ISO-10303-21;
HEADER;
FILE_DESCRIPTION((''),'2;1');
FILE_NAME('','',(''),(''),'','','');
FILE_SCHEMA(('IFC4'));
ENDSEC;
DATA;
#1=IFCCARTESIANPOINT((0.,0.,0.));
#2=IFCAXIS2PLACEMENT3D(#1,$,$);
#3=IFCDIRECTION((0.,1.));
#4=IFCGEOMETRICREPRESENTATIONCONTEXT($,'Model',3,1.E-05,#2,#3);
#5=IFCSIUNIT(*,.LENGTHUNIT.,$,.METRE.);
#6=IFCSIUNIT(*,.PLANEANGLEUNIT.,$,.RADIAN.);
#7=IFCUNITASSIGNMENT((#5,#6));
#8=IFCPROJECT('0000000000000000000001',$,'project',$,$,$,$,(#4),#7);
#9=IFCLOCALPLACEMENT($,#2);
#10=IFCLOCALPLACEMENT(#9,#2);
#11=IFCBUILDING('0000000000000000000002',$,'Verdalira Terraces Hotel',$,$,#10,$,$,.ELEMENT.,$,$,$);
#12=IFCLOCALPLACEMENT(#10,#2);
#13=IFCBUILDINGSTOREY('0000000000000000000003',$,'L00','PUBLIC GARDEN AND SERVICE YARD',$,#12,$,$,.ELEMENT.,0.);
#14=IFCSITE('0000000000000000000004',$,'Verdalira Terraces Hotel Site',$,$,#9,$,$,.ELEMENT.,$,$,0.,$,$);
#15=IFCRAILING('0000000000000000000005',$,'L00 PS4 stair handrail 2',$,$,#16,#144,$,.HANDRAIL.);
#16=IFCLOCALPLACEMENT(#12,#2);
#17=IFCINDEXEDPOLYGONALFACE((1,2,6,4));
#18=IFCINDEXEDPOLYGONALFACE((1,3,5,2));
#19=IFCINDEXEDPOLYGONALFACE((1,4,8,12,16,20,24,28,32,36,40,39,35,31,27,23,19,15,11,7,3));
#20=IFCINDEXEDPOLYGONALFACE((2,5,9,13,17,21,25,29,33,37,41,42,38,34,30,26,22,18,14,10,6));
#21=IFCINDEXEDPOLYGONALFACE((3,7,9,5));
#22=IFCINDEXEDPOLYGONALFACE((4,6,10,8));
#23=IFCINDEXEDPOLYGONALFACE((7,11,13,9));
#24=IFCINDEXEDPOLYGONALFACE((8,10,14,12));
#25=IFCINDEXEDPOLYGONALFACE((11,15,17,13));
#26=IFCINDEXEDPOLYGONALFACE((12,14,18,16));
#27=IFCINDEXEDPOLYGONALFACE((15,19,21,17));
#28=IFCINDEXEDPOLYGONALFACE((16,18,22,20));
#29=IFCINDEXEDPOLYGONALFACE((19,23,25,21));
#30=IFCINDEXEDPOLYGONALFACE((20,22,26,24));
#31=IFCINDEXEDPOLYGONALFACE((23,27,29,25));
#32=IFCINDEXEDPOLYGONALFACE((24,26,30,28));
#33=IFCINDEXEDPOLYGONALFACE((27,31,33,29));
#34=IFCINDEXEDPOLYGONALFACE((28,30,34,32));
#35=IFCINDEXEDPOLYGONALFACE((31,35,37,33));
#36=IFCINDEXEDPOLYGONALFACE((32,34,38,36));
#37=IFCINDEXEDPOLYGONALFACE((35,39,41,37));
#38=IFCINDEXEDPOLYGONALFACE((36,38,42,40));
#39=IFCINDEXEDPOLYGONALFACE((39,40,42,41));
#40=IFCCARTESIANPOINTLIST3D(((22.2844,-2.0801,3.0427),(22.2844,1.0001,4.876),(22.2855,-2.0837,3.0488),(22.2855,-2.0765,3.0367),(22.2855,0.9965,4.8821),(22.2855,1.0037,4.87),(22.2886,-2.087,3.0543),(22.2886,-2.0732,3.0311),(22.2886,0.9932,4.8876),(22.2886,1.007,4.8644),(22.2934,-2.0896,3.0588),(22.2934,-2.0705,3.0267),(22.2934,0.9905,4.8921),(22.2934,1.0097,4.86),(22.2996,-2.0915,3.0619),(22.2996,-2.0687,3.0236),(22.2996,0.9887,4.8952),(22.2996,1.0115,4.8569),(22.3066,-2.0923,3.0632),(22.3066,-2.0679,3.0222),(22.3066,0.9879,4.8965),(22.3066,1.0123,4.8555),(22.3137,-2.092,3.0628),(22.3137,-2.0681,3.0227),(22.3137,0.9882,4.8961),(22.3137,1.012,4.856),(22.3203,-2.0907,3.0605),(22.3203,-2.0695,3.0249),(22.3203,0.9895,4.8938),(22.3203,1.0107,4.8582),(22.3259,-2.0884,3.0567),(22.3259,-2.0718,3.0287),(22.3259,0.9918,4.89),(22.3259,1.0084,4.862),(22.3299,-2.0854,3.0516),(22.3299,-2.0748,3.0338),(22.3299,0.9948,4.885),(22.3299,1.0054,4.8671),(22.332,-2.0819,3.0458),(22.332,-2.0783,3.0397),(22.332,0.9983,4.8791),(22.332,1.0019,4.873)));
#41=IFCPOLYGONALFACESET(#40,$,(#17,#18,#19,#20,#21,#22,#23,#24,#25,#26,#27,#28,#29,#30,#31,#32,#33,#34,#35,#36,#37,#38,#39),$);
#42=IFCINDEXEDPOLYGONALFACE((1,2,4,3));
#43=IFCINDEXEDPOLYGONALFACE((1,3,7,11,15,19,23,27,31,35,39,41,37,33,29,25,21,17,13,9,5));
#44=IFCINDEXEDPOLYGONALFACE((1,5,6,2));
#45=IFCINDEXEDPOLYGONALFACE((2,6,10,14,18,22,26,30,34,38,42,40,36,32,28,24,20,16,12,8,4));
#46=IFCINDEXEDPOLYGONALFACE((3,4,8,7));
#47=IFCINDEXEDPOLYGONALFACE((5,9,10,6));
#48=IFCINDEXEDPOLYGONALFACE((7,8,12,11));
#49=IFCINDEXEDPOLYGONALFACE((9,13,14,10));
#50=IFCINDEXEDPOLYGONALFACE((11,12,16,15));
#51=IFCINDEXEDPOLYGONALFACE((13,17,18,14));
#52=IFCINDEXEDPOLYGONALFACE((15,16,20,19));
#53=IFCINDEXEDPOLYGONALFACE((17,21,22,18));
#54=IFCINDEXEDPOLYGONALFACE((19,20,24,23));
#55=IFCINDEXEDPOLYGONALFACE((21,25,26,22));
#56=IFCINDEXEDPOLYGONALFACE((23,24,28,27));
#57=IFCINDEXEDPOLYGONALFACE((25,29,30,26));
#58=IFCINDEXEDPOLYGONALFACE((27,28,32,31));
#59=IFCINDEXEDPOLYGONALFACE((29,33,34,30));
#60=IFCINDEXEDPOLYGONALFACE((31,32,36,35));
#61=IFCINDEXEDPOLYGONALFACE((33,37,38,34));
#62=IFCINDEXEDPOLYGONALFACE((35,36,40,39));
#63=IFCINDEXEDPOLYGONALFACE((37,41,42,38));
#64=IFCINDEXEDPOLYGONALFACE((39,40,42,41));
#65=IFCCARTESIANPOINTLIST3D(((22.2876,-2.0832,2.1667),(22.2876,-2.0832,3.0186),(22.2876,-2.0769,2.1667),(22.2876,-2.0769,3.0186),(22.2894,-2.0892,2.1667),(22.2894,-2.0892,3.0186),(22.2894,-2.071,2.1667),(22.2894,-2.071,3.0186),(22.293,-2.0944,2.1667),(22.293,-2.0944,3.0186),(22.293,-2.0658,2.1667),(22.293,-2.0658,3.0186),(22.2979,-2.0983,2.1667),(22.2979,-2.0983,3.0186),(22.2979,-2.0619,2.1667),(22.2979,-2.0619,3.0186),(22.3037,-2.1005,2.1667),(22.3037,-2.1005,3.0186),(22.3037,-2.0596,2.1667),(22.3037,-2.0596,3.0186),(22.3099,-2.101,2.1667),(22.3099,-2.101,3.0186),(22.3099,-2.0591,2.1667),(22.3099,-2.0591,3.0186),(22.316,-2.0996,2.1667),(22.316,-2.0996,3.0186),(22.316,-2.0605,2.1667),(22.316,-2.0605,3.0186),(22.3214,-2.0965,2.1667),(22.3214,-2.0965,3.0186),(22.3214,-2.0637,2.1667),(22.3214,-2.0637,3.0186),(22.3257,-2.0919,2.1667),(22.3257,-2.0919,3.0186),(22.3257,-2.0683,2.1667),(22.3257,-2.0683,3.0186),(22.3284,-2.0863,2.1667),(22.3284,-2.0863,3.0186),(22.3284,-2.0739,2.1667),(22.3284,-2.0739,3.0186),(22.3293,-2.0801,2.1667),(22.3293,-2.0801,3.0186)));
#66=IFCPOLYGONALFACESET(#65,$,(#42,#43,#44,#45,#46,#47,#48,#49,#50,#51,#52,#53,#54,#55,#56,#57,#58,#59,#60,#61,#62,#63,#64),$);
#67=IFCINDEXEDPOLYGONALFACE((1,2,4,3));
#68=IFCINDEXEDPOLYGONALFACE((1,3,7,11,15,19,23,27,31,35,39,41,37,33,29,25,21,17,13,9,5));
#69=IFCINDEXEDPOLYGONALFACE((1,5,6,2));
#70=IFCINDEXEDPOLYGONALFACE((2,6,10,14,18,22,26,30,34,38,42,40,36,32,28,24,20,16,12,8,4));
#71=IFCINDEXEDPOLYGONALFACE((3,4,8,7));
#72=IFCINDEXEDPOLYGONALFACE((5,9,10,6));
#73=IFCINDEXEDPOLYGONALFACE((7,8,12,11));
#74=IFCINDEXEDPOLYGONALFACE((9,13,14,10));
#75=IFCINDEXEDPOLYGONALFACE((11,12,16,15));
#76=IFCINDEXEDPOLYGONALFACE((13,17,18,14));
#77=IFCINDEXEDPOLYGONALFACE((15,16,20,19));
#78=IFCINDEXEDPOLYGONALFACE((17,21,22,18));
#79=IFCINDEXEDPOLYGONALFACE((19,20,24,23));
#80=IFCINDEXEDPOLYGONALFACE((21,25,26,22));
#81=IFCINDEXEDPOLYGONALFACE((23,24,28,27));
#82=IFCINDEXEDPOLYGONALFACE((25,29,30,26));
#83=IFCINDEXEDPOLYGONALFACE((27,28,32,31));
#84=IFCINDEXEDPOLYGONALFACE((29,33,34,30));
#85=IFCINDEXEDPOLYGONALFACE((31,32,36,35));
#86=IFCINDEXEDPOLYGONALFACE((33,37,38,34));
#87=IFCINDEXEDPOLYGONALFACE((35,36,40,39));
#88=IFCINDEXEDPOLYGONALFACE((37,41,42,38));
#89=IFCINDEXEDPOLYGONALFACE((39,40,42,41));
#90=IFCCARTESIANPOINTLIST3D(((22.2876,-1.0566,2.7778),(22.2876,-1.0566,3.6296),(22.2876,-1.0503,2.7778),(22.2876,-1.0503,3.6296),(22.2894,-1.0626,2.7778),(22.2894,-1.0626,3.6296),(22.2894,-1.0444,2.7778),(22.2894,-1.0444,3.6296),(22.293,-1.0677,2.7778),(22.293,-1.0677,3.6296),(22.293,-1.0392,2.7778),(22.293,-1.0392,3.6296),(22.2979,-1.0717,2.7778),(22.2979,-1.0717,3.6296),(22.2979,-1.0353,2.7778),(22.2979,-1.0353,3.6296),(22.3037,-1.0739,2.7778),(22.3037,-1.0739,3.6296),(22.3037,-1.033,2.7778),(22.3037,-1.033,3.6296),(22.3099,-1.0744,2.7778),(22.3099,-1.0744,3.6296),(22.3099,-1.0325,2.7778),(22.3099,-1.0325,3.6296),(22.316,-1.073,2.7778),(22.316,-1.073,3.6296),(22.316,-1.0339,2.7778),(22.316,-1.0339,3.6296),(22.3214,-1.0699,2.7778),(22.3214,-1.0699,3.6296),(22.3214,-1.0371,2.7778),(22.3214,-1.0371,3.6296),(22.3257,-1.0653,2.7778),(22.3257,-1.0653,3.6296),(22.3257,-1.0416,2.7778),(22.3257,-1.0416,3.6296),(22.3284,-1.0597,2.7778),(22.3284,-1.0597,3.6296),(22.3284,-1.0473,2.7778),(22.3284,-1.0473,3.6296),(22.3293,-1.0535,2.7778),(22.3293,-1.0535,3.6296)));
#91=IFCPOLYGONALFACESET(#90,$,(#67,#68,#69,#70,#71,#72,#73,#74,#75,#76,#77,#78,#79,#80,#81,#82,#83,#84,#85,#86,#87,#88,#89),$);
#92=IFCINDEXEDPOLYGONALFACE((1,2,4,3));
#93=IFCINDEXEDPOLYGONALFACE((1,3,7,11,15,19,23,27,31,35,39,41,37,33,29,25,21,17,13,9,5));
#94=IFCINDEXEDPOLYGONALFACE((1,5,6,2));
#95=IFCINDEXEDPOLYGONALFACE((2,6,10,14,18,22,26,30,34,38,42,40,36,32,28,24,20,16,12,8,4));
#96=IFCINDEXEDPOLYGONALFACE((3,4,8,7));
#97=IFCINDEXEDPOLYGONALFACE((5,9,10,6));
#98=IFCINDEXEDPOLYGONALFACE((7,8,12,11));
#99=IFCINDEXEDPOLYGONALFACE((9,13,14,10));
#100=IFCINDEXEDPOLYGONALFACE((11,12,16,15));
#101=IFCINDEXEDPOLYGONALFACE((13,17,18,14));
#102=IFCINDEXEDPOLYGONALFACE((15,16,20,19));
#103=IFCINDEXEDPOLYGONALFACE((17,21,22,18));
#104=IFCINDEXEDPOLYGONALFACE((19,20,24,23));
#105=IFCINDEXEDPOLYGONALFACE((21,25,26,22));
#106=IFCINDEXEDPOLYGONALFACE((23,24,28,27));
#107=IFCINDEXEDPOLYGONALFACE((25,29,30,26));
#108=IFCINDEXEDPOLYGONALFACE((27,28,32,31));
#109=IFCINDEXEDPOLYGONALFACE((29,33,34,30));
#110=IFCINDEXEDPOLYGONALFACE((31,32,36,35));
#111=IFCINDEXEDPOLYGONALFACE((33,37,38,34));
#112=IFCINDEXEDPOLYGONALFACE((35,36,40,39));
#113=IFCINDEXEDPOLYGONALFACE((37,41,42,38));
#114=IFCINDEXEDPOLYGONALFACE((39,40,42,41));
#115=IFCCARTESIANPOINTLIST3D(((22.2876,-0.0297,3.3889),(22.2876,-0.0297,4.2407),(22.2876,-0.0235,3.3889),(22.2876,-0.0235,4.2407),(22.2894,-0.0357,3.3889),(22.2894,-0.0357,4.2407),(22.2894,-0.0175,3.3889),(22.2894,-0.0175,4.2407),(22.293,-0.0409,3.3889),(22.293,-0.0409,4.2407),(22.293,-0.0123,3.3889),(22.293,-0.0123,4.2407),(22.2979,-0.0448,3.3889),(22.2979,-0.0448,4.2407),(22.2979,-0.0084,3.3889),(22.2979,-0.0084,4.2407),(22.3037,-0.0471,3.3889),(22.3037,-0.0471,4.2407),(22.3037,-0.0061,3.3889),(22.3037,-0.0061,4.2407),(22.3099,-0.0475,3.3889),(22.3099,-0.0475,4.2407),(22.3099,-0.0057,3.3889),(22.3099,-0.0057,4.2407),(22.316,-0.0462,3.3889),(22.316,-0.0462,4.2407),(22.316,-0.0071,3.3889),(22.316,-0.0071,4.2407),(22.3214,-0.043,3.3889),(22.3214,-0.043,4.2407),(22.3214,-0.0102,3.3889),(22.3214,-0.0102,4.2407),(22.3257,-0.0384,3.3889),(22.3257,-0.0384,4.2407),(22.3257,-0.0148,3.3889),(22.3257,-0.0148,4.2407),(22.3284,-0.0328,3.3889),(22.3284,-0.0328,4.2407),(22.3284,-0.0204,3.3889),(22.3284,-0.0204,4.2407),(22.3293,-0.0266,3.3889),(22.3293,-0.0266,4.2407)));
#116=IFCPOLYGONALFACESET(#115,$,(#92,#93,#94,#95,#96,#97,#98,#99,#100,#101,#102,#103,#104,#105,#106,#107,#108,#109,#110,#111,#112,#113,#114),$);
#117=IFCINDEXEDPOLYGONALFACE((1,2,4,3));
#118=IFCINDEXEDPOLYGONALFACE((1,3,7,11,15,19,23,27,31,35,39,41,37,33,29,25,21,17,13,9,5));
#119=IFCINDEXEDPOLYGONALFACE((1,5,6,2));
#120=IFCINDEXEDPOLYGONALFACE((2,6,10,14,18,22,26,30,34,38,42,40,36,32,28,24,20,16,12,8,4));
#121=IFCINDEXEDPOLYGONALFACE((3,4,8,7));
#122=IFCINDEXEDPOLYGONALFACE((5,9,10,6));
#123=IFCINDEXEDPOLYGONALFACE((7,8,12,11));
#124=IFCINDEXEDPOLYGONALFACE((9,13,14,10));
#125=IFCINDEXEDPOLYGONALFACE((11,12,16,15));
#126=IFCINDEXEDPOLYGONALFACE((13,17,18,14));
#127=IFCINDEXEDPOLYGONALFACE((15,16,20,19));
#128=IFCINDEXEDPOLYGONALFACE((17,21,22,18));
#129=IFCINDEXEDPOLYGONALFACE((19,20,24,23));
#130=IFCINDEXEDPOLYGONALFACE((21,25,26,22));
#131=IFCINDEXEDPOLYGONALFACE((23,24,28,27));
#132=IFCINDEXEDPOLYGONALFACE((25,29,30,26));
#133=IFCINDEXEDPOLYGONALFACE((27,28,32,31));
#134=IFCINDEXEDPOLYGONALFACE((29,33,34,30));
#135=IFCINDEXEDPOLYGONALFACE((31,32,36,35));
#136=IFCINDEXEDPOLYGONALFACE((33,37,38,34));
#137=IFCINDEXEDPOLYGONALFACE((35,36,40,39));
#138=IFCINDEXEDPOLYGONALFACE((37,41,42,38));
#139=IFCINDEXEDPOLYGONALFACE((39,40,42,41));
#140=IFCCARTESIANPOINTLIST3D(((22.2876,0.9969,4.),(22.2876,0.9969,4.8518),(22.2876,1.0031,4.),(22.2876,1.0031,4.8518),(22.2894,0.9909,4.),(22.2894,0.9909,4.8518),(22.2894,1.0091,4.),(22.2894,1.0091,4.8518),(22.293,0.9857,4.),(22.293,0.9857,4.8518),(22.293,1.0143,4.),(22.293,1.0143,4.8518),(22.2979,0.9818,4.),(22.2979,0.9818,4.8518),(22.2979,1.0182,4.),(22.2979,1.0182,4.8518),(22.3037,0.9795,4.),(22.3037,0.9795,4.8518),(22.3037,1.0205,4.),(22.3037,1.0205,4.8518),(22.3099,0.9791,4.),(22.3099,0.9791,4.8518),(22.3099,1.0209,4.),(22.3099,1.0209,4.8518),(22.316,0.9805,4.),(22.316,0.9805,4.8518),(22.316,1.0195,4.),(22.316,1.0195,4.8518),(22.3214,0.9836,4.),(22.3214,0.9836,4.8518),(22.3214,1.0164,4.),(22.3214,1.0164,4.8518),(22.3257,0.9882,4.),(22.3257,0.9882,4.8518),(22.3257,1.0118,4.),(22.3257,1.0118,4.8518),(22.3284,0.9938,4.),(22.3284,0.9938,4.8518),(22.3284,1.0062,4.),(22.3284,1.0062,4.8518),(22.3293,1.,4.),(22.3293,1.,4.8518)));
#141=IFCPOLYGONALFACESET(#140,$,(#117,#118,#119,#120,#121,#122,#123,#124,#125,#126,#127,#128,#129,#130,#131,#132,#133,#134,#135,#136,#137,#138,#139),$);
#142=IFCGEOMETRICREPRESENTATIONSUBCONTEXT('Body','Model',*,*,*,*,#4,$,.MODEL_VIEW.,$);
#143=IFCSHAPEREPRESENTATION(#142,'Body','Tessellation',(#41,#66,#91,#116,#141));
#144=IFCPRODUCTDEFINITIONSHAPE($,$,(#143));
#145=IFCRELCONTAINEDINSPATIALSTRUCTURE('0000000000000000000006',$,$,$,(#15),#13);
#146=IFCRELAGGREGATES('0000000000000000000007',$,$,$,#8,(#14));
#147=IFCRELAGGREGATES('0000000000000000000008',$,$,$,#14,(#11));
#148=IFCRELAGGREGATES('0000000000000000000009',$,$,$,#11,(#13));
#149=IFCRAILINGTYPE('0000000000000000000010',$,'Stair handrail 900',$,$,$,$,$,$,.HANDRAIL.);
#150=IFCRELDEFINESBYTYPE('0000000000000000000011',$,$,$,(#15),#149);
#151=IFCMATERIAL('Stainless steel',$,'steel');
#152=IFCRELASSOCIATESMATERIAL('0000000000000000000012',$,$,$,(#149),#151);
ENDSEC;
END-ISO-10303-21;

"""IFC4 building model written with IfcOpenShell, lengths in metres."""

from ifc_helpers import new_model, si_unit, direction, frame, origin, origin_2d, place, context, subcontext, project, spatial, circle, extrude, material, type_object, element, save


model = new_model("IFC4")

# Units and contexts
model_context = context("Model", 3, precision=1e-05, world=origin(), true_north=direction((0.0, 1.0)))
body_context = subcontext(model_context, "Body", "Model", "MODEL_VIEW")
ifc_project = project(units=[si_unit("LENGTHUNIT", "METRE"), si_unit("PLANEANGLEUNIT", "RADIAN")], contexts=[model_context])

# Site, building, storey
site_placement = place(None, origin())
site = spatial("IfcSite", under=ifc_project, at=site_placement, Name="Verdalira Terraces Hotel Site", CompositionType="ELEMENT", RefElevation=0.0)
building_placement = place(site_placement, origin())
building = spatial("IfcBuilding", under=site, at=building_placement, Name="Verdalira Terraces Hotel", CompositionType="ELEMENT")
storey_placement = place(building_placement, origin())
storey = spatial("IfcBuildingStorey", under=building, at=storey_placement, Name="L00", Description="PUBLIC GARDEN AND SERVICE YARD", CompositionType="ELEMENT", Elevation=0.0)

# Railing
ifc_material_1 = material(Name="Stainless steel", Category="steel")
railing_type = type_object("IfcRailingType", Name="Stair handrail 900", PredefinedType="HANDRAIL", material=ifc_material_1)
for number, where, name in (
    (1, (22.3084, -2.0801, 2.1667), "L00 PS4 stair handrail 2"),
):
    element("IfcRailing", number, at=place(storey_placement, frame(where)), inside=storey, type_object=railing_type, Name=name, PredefinedType="HANDRAIL", context=body_context, shape_type="SweptSolid", body=[
        extrude(circle(Radius=0.0239, at=origin_2d()), frame((0.0, 0.0, 0.876), z_axis=(0.0, 0.859309, 0.511458), x_axis=(-1.0, 0.0, 0.0)), (0.0, 0.0, 1.0), 3.5845),
        extrude(circle(Radius=0.021, at=origin_2d()), origin(), (0.0, 0.0, 1.0), 0.8518),
        extrude(circle(Radius=0.021, at=origin_2d()), frame((0.0, 1.0266, 0.6111)), (0.0, 0.0, 1.0), 0.8518),
        extrude(circle(Radius=0.021, at=origin_2d()), frame((0.0, 2.0535, 1.2222)), (0.0, 0.0, 1.0), 0.8518),
        extrude(circle(Radius=0.021, at=origin_2d()), frame((0.0, 3.0801, 1.8333)), (0.0, 0.0, 1.0), 0.8518),
    ])

save(model, "model.ifc")
